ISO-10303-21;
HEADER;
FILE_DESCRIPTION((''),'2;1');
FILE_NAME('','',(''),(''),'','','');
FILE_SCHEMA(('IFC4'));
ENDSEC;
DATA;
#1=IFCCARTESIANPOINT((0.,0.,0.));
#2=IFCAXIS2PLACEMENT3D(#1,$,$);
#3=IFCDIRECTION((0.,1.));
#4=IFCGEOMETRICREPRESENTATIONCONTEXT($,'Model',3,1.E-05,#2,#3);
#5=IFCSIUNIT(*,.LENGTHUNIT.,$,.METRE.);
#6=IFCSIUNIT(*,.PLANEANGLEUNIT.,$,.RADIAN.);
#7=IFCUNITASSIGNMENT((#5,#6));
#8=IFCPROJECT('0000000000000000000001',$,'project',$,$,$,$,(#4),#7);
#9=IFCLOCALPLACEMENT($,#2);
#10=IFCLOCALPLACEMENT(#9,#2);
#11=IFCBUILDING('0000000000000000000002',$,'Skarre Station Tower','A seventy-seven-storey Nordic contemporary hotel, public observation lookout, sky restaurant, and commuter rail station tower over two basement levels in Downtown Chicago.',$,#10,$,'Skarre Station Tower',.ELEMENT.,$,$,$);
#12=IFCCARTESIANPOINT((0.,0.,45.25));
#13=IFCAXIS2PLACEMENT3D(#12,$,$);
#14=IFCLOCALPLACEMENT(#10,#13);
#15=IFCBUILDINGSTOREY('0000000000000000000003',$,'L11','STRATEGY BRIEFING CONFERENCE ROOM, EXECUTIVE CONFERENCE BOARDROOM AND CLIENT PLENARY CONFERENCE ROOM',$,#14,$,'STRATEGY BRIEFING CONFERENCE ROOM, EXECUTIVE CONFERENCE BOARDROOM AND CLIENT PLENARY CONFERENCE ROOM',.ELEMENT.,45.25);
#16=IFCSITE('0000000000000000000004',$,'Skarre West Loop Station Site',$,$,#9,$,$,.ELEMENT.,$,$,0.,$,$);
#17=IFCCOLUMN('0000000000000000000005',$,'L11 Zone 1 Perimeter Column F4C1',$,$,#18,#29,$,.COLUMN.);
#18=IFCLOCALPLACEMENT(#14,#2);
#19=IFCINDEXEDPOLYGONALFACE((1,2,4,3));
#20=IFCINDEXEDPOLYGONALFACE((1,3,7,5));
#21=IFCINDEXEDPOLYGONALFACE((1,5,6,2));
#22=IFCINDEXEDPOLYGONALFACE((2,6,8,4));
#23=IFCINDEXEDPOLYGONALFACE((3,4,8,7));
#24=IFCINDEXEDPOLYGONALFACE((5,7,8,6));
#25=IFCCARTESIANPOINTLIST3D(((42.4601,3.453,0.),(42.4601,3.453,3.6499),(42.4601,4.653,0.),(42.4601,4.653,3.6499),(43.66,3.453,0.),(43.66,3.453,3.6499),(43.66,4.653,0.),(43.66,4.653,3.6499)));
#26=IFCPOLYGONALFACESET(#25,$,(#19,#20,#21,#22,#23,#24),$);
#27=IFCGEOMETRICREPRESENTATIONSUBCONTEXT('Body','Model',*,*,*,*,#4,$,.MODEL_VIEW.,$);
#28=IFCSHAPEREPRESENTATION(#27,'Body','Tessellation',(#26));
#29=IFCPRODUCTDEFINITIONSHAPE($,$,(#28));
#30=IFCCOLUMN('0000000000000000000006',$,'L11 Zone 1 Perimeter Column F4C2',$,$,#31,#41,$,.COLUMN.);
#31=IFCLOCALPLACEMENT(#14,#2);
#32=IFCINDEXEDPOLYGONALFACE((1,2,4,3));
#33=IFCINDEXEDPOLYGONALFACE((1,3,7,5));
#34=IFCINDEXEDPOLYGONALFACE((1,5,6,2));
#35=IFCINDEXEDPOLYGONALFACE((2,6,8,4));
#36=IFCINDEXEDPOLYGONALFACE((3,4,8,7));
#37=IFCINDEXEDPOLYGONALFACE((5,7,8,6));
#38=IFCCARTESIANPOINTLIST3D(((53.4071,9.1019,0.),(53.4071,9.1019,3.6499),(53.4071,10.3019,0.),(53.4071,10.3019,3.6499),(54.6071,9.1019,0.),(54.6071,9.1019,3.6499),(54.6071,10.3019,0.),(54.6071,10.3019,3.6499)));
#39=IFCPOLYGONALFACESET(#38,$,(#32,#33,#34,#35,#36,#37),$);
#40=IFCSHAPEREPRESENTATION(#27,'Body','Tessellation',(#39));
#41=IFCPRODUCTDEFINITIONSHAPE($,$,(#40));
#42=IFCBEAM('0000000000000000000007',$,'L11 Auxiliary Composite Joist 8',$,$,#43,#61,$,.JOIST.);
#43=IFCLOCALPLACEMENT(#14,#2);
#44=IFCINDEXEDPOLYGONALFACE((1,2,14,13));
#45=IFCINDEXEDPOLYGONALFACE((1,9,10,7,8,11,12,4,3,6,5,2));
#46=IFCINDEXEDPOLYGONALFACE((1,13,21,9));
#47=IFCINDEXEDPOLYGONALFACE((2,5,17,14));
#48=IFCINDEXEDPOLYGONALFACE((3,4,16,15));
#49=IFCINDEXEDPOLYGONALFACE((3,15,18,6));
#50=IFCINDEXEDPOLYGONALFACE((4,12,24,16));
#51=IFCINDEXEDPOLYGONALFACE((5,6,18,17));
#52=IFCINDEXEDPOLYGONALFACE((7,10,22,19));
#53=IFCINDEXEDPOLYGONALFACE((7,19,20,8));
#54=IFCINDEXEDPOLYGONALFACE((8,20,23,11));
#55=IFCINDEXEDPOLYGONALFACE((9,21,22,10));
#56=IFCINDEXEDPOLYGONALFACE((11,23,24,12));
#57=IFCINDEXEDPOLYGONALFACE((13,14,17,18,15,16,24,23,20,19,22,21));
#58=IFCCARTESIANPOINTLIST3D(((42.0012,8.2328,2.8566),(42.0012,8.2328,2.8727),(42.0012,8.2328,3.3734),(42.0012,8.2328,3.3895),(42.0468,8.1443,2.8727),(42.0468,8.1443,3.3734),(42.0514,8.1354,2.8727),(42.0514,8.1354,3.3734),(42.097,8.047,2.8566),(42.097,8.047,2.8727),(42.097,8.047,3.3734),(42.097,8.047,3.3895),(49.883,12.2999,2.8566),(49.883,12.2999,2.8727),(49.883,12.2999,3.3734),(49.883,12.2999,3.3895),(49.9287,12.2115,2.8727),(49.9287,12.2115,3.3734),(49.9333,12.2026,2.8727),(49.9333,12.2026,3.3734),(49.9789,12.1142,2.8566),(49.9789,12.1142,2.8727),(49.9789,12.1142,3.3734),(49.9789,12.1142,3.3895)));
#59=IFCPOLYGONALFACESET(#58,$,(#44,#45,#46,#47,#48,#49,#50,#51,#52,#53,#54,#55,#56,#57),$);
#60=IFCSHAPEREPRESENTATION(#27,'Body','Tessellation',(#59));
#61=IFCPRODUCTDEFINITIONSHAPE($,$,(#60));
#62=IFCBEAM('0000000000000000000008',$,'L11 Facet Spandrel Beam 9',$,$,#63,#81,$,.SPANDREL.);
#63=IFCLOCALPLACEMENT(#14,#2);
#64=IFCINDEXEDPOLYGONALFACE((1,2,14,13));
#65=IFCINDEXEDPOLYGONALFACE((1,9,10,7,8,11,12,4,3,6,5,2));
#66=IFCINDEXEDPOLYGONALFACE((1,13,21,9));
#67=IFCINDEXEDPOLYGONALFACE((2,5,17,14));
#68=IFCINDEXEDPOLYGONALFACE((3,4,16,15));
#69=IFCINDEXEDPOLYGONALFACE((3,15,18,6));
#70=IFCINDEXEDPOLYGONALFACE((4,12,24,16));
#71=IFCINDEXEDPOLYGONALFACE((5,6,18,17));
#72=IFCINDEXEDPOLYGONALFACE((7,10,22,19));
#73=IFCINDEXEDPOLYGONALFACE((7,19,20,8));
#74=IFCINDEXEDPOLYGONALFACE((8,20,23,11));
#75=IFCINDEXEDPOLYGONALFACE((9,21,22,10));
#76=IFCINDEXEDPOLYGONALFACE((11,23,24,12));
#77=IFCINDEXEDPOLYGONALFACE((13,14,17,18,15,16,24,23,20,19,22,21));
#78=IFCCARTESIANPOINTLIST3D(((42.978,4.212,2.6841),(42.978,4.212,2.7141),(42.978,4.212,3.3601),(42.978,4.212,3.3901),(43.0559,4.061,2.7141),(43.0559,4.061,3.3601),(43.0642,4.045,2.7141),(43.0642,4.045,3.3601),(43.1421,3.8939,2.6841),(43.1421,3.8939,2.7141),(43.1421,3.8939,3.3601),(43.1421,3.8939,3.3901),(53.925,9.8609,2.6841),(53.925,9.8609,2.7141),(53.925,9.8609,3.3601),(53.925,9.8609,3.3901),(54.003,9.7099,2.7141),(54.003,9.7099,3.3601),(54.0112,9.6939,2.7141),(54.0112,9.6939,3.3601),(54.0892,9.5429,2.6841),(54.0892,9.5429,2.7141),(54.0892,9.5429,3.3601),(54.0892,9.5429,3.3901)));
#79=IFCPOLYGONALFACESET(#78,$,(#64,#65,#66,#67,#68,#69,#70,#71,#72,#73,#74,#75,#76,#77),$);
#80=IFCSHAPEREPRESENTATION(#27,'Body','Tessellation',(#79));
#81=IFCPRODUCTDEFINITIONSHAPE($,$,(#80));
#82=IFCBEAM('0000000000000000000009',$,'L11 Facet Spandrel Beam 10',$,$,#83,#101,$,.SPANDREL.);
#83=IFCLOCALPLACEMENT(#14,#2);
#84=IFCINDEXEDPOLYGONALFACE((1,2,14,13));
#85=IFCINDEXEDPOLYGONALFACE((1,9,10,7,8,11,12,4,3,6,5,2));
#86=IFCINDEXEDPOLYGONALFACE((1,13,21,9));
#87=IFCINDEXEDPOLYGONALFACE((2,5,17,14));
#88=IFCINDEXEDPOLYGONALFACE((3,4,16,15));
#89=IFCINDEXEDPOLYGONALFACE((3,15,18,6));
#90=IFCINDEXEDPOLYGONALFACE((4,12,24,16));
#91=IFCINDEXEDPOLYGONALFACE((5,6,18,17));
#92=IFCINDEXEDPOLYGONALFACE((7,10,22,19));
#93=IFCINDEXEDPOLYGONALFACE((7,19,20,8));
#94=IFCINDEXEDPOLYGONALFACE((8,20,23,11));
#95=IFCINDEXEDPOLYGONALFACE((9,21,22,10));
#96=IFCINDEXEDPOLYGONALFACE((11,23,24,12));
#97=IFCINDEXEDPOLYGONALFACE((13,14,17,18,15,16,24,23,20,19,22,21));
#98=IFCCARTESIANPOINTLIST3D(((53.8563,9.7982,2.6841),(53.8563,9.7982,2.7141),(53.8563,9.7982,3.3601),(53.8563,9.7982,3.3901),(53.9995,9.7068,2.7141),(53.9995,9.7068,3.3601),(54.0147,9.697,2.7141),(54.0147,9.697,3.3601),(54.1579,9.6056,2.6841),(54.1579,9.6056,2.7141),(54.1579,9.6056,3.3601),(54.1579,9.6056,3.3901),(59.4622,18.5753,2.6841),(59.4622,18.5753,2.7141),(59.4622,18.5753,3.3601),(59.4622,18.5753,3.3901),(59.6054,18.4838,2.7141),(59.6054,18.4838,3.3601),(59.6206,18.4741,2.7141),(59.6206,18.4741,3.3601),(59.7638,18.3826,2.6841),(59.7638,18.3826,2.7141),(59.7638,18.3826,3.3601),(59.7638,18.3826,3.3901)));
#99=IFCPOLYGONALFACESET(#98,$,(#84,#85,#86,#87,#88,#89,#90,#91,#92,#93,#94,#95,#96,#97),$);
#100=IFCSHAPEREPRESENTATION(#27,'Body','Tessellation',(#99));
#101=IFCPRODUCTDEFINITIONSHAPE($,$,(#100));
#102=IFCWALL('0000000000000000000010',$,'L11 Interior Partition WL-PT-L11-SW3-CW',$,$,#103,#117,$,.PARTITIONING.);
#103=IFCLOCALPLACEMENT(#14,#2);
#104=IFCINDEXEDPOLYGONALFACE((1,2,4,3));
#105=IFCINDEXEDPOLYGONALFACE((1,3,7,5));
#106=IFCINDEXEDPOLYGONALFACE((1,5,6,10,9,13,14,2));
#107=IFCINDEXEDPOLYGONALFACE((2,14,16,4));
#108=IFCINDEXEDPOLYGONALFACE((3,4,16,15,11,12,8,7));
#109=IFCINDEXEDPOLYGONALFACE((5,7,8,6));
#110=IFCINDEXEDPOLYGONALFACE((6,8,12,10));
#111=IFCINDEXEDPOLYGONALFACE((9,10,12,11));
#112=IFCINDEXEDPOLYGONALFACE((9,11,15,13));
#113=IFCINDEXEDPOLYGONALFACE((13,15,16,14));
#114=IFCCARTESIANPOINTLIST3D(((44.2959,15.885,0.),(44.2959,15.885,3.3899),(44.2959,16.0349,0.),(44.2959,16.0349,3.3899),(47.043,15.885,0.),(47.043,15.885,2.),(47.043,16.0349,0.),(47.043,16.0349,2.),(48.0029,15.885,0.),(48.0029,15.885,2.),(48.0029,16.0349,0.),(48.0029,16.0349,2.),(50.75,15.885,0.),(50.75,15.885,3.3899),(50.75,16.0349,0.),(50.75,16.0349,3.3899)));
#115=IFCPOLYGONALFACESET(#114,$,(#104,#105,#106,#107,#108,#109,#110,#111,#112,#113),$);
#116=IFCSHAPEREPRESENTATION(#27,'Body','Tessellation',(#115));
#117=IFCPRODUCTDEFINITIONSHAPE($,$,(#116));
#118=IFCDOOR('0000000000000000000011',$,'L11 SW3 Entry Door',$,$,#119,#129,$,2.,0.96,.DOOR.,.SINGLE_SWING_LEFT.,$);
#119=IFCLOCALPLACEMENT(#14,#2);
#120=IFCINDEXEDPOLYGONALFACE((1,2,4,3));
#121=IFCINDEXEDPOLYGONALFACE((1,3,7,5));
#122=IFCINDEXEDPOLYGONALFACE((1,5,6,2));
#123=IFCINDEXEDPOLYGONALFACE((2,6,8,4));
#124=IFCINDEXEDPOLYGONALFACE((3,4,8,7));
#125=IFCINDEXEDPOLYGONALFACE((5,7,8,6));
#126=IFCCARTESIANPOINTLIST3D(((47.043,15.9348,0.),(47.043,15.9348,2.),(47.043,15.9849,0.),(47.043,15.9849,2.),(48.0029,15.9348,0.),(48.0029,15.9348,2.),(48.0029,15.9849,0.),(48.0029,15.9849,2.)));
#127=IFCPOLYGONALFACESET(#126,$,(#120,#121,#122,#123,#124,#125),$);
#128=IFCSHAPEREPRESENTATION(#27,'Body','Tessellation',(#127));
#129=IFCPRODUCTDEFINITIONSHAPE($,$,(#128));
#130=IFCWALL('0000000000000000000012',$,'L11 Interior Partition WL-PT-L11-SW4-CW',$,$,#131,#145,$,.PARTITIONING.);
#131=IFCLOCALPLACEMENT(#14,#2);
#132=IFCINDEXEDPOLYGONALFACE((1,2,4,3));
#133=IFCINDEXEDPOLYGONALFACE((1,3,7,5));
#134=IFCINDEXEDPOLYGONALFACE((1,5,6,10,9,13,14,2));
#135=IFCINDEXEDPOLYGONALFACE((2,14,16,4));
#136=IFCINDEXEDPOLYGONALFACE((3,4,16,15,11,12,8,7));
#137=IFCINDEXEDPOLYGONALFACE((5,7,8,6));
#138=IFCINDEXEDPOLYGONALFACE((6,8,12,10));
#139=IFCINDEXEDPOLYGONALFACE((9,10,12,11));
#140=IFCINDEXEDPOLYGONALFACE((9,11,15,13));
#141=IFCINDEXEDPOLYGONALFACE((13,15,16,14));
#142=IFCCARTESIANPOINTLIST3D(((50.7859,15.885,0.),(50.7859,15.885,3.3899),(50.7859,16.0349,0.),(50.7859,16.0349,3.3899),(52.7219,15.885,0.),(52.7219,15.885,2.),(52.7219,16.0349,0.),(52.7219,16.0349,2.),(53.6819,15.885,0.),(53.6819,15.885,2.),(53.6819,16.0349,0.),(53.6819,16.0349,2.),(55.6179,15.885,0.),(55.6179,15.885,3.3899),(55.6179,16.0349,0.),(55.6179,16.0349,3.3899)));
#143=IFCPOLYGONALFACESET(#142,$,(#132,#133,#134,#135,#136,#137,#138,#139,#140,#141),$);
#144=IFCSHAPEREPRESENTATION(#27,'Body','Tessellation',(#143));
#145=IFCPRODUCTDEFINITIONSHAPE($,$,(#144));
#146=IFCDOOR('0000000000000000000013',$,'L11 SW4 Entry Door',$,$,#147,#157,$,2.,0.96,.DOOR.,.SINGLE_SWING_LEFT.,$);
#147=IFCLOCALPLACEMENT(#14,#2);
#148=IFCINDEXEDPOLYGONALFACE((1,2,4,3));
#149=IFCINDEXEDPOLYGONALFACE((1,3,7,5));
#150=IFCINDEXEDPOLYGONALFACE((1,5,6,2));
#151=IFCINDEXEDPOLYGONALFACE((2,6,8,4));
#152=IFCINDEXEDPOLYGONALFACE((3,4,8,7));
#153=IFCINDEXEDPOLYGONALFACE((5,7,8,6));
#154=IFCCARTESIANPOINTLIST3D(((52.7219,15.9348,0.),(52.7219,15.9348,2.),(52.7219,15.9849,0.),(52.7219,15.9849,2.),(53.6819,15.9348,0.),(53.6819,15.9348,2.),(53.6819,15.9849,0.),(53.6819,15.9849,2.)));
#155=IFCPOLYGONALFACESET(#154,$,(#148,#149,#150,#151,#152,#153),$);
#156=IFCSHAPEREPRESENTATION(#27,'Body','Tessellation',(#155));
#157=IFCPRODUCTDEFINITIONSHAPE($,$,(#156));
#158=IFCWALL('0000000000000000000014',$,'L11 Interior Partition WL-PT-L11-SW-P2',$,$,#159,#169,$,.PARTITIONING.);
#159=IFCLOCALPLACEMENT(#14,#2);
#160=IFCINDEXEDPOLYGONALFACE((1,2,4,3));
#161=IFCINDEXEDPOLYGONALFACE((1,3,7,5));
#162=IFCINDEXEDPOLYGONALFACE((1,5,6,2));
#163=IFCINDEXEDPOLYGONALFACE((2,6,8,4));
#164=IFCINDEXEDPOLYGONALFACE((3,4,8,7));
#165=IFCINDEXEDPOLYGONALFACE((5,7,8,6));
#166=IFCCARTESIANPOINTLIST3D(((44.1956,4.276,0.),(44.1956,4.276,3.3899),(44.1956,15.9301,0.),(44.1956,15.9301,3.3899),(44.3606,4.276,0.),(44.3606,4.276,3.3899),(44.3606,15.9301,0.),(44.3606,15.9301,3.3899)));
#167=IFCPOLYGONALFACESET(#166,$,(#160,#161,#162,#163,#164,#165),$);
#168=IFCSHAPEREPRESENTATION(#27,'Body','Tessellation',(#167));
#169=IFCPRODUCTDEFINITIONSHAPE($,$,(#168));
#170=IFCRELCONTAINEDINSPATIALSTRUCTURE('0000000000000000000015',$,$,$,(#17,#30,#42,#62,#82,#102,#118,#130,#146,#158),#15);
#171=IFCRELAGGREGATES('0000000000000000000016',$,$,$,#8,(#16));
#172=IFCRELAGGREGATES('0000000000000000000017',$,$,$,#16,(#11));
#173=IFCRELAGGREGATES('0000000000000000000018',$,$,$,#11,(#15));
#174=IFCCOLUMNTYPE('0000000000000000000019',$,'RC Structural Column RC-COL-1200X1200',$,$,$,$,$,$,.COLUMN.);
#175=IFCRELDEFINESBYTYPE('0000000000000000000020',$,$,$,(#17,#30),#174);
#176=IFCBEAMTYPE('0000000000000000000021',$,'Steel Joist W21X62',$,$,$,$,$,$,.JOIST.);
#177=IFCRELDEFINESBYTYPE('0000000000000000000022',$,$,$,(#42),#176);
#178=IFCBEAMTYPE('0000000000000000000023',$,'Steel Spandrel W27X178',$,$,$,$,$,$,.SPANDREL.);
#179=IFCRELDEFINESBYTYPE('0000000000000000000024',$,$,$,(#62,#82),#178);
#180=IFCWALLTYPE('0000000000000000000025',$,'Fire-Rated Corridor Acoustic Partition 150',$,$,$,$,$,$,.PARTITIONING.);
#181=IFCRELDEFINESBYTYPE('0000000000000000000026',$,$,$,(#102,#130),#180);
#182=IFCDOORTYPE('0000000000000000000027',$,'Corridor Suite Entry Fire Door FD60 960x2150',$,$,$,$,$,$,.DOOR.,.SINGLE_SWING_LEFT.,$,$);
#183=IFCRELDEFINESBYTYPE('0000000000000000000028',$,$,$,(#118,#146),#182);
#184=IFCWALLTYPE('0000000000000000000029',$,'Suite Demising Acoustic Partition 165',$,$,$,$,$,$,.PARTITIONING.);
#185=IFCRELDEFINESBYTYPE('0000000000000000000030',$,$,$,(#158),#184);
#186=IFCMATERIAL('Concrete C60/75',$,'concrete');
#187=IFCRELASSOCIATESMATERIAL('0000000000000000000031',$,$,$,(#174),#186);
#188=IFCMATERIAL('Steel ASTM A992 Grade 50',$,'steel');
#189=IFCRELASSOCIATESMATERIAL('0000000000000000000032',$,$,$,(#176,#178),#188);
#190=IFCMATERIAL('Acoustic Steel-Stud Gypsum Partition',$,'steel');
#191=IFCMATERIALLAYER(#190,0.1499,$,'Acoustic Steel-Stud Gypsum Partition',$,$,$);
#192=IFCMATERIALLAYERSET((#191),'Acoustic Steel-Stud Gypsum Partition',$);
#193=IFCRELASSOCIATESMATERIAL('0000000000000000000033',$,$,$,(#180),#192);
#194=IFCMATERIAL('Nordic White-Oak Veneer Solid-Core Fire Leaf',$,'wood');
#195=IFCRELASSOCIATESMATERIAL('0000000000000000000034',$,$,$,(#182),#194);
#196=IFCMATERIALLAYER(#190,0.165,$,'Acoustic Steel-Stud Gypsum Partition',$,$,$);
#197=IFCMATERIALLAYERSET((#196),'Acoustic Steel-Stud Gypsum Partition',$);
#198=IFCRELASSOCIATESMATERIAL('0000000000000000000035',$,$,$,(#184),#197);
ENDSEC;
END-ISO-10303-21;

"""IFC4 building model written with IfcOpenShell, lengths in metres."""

from ifc_helpers import new_model, si_unit, direction, frame, frame_2d, origin, origin_2d, place, context, subcontext, project, spatial, rectangle, i_section, extrude, material, layer, layer_set, material_profile, profile_set, type_object, element, fill, save


model = new_model("IFC4")

# Units and contexts
model_context = context("Model", 3, precision=1e-05, world=origin(), true_north=direction((0.0, 1.0)))
body_context = subcontext(model_context, "Body", "Model", "MODEL_VIEW")
ifc_project = project(units=[si_unit("LENGTHUNIT", "METRE"), si_unit("PLANEANGLEUNIT", "RADIAN")], contexts=[model_context])

# Site, building, storey
site_placement = place(None, origin())
site = spatial("IfcSite", under=ifc_project, at=site_placement, Name="Skarre West Loop Station Site", CompositionType="ELEMENT", RefElevation=0.0)
building_placement = place(site_placement, origin())
building = spatial("IfcBuilding", under=site, at=building_placement, Name="Skarre Station Tower", Description="A seventy-seven-storey Nordic contemporary hotel, public observation lookout, sky restaurant, and commuter rail station tower over two basement levels in Downtown Chicago.", LongName="Skarre Station Tower", CompositionType="ELEMENT")
storey_placement = place(building_placement, frame((0.0, 0.0, 45.25)))
storey = spatial("IfcBuildingStorey", under=building, at=storey_placement, Name="L11", Description="STRATEGY BRIEFING CONFERENCE ROOM, EXECUTIVE CONFERENCE BOARDROOM AND CLIENT PLENARY CONFERENCE ROOM", LongName="STRATEGY BRIEFING CONFERENCE ROOM, EXECUTIVE CONFERENCE BOARDROOM AND CLIENT PLENARY CONFERENCE ROOM", CompositionType="ELEMENT", Elevation=45.25)

# Columns
ifc_material_1 = material(Name="Concrete C60/75", Category="concrete")
ifc_material_profile_1 = material_profile(ifc_material_1, rectangle(XDim=1.2, YDim=1.2, at=origin_2d()), Name="Concrete C60/75")
ifc_profile_set_1 = profile_set([ifc_material_profile_1], Name="Concrete C60/75")
column_type = type_object("IfcColumnType", Name="RC Structural Column RC-COL-1200X1200", PredefinedType="COLUMN", material=ifc_profile_set_1)
for number, where, z_axis, x_axis, name in (
    (1, (43.0601, 4.053, 0.0), (0.0, 0.0, 1.0), (1.0, 0.0, 0.0), "L11 Zone 1 Perimeter Column F4C1"),
    (2, (54.0071, 9.7019, 0.0), (0.0, 0.0, 1.0), (1.0, 0.0, 0.0), "L11 Zone 1 Perimeter Column F4C2"),
):
    element("IfcColumn", number, at=place(storey_placement, frame(where, z_axis=z_axis, x_axis=x_axis)), inside=storey, type_object=column_type, Name=name, PredefinedType="COLUMN", context=body_context, shape_type="SweptSolid", body=[
        extrude(rectangle(XDim=1.2, YDim=1.2, at=origin_2d()), origin(), (0.0, 0.0, 1.0), 3.6499),
    ])

# Beams
ifc_material_2 = material(Name="Steel ASTM A992 Grade 50", Category="steel")
ifc_material_profile_2 = material_profile(ifc_material_2, i_section(OverallWidth=0.209, OverallDepth=0.533, WebThickness=0.01, FlangeThickness=0.0161, at=origin_2d()), Name="Steel ASTM A992 Grade 50")
ifc_profile_set_2 = profile_set([ifc_material_profile_2], Name="Steel ASTM A992 Grade 50")
beam_type_1 = type_object("IfcBeamType", Name="Steel Joist W21X62", PredefinedType="JOIST", material=ifc_profile_set_2)
beam_1_placement = place(storey_placement, frame((42.0491, 8.1399, 3.123), z_axis=(0.888662, 0.458562, 0.0), x_axis=(-0.458562, 0.888662, 0.0)))
element("IfcBeam", 3, at=beam_1_placement, inside=storey, type_object=beam_type_1, Name="L11 Auxiliary Composite Joist 8", PredefinedType="JOIST", context=body_context, shape_type="SweptSolid", body=[
    extrude(i_section(OverallWidth=0.209, OverallDepth=0.533, WebThickness=0.01, FlangeThickness=0.0161, at=origin_2d()), origin(), (0.0, 0.0, 1.0), 8.8694),
])
ifc_material_profile_3 = material_profile(ifc_material_2, i_section(OverallWidth=0.3579, OverallDepth=0.7061, WebThickness=0.0181, FlangeThickness=0.03, at=origin_2d()), Name="Steel ASTM A992 Grade 50")
ifc_profile_set_3 = profile_set([ifc_material_profile_3], Name="Steel ASTM A992 Grade 50")
beam_type_2 = type_object("IfcBeamType", Name="Steel Spandrel W27X178", PredefinedType="SPANDREL", material=ifc_profile_set_3)
beam_2_placement = place(storey_placement, frame((43.0601, 4.053, 3.0371), z_axis=(0.888659, 0.458569, 0.0), x_axis=(-0.458569, 0.888659, 0.0)))
element("IfcBeam", 4, at=beam_2_placement, inside=storey, type_object=beam_type_2, Name="L11 Facet Spandrel Beam 9", PredefinedType="SPANDREL", context=body_context, shape_type="SweptSolid", body=[
    extrude(i_section(OverallWidth=0.3579, OverallDepth=0.7061, WebThickness=0.0181, FlangeThickness=0.03, at=origin_2d()), origin(), (0.0, 0.0, 1.0), 12.3186),
])
beam_3_placement = place(storey_placement, frame((54.0071, 9.7019, 3.0371), z_axis=(0.538278, 0.842767, 0.0), x_axis=(-0.842767, 0.538278, 0.0)))
element("IfcBeam", 5, at=beam_3_placement, inside=storey, type_object=beam_type_2, Name="L11 Facet Spandrel Beam 10", PredefinedType="SPANDREL", context=body_context, shape_type="SweptSolid", body=[
    extrude(i_section(OverallWidth=0.3579, OverallDepth=0.7061, WebThickness=0.0181, FlangeThickness=0.03, at=origin_2d()), origin(), (0.0, 0.0, 1.0), 10.4146),
])

# Walls, openings, doors
ifc_material_3 = material(Name="Acoustic Steel-Stud Gypsum Partition", Category="steel")
ifc_layer_1 = layer(ifc_material_3, 0.1499, Name="Acoustic Steel-Stud Gypsum Partition")
ifc_layer_set_1 = layer_set([ifc_layer_1], Name="Acoustic Steel-Stud Gypsum Partition")
wall_type_1 = type_object("IfcWallType", Name="Fire-Rated Corridor Acoustic Partition 150", PredefinedType="PARTITIONING", material=ifc_layer_set_1)
wall_1_placement = place(storey_placement, frame((44.2959, 15.96, 0.0), z_axis=(0.0, 0.0, 1.0), x_axis=(1.0, 0.0, 0.0)))
wall_1 = element("IfcWall", 6, at=wall_1_placement, inside=storey, type_object=wall_type_1, Name="L11 Interior Partition WL-PT-L11-SW3-CW", PredefinedType="PARTITIONING", context=body_context, shape_type="SweptSolid", body=[
    extrude(rectangle(XDim=6.4541, YDim=0.1499, at=frame_2d((3.2271, 0.0))), origin(), (0.0, 0.0, 1.0), 3.3899),
])
opening_1_placement = place(wall_1_placement, frame((2.7471, 0.0, 0.0)))
opening_1 = element("IfcOpeningElement", 7, at=opening_1_placement, cuts=wall_1, PredefinedType="OPENING", context=body_context, shape_type="SweptSolid", body=[
    extrude(rectangle(XDim=0.96, YDim=2.0, at=frame_2d((0.48, 1.0))), frame((0.0, 0.085, 0.0), z_axis=(0.0, -1.0, 0.0), x_axis=(1.0, 0.0, 0.0)), (0.0, 0.0, 1.0), 0.1699),
])
ifc_material_4 = material(Name="Nordic White-Oak Veneer Solid-Core Fire Leaf", Category="wood")
door_type = type_object("IfcDoorType", Name="Corridor Suite Entry Fire Door FD60 960x2150", OperationType="SINGLE_SWING_LEFT", PredefinedType="DOOR", material=ifc_material_4)
door_1_placement = place(opening_1_placement, origin())
door_1 = element("IfcDoor", 8, at=door_1_placement, inside=storey, type_object=door_type, Name="L11 SW3 Entry Door", OperationType="SINGLE_SWING_LEFT", OverallHeight=2.0, OverallWidth=0.96, PredefinedType="DOOR", context=body_context, shape_type="SweptSolid", body=[
    extrude(rectangle(XDim=0.96, YDim=2.0, at=frame_2d((0.48, 1.0))), frame((0.0, 0.0249, 0.0), z_axis=(0.0, -1.0, 0.0), x_axis=(1.0, 0.0, 0.0)), (0.0, 0.0, 1.0), 0.05),
])
fill(opening_1, door_1)
wall_2_placement = place(storey_placement, frame((50.7859, 15.96, 0.0), z_axis=(0.0, 0.0, 1.0), x_axis=(1.0, 0.0, 0.0)))
wall_2 = element("IfcWall", 9, at=wall_2_placement, inside=storey, type_object=wall_type_1, Name="L11 Interior Partition WL-PT-L11-SW4-CW", PredefinedType="PARTITIONING", context=body_context, shape_type="SweptSolid", body=[
    extrude(rectangle(XDim=4.832, YDim=0.1499, at=frame_2d((2.416, 0.0))), origin(), (0.0, 0.0, 1.0), 3.3899),
])
opening_2_placement = place(wall_2_placement, frame((1.936, 0.0, 0.0)))
opening_2 = element("IfcOpeningElement", 10, at=opening_2_placement, cuts=wall_2, PredefinedType="OPENING", context=body_context, shape_type="SweptSolid", body=[
    extrude(rectangle(XDim=0.96, YDim=2.0, at=frame_2d((0.48, 1.0))), frame((0.0, 0.085, 0.0), z_axis=(0.0, -1.0, 0.0), x_axis=(1.0, 0.0, 0.0)), (0.0, 0.0, 1.0), 0.1699),
])
door_2_placement = place(opening_2_placement, origin())
door_2 = element("IfcDoor", 11, at=door_2_placement, inside=storey, type_object=door_type, Name="L11 SW4 Entry Door", OperationType="SINGLE_SWING_LEFT", OverallHeight=2.0, OverallWidth=0.96, PredefinedType="DOOR", context=body_context, shape_type="SweptSolid", body=[
    extrude(rectangle(XDim=0.96, YDim=2.0, at=frame_2d((0.48, 1.0))), frame((0.0, 0.0249, 0.0), z_axis=(0.0, -1.0, 0.0), x_axis=(1.0, 0.0, 0.0)), (0.0, 0.0, 1.0), 0.05),
])
fill(opening_2, door_2)

# Wall
ifc_layer_2 = layer(ifc_material_3, 0.165, Name="Acoustic Steel-Stud Gypsum Partition")
ifc_layer_set_2 = layer_set([ifc_layer_2], Name="Acoustic Steel-Stud Gypsum Partition")
wall_type_2 = type_object("IfcWallType", Name="Suite Demising Acoustic Partition 165", PredefinedType="PARTITIONING", material=ifc_layer_set_2)
wall_3_placement = place(storey_placement, frame((44.2781, 4.2759, 0.0), z_axis=(0.0, 0.0, 1.0), x_axis=(0.0, 1.0, 0.0)))
element("IfcWall", 12, at=wall_3_placement, inside=storey, type_object=wall_type_2, Name="L11 Interior Partition WL-PT-L11-SW-P2", PredefinedType="PARTITIONING", context=body_context, shape_type="SweptSolid", body=[
    extrude(rectangle(XDim=11.6541, YDim=0.165, at=frame_2d((5.8271, 0.0))), origin(), (0.0, 0.0, 1.0), 3.3899),
])

save(model, "model.ifc")
